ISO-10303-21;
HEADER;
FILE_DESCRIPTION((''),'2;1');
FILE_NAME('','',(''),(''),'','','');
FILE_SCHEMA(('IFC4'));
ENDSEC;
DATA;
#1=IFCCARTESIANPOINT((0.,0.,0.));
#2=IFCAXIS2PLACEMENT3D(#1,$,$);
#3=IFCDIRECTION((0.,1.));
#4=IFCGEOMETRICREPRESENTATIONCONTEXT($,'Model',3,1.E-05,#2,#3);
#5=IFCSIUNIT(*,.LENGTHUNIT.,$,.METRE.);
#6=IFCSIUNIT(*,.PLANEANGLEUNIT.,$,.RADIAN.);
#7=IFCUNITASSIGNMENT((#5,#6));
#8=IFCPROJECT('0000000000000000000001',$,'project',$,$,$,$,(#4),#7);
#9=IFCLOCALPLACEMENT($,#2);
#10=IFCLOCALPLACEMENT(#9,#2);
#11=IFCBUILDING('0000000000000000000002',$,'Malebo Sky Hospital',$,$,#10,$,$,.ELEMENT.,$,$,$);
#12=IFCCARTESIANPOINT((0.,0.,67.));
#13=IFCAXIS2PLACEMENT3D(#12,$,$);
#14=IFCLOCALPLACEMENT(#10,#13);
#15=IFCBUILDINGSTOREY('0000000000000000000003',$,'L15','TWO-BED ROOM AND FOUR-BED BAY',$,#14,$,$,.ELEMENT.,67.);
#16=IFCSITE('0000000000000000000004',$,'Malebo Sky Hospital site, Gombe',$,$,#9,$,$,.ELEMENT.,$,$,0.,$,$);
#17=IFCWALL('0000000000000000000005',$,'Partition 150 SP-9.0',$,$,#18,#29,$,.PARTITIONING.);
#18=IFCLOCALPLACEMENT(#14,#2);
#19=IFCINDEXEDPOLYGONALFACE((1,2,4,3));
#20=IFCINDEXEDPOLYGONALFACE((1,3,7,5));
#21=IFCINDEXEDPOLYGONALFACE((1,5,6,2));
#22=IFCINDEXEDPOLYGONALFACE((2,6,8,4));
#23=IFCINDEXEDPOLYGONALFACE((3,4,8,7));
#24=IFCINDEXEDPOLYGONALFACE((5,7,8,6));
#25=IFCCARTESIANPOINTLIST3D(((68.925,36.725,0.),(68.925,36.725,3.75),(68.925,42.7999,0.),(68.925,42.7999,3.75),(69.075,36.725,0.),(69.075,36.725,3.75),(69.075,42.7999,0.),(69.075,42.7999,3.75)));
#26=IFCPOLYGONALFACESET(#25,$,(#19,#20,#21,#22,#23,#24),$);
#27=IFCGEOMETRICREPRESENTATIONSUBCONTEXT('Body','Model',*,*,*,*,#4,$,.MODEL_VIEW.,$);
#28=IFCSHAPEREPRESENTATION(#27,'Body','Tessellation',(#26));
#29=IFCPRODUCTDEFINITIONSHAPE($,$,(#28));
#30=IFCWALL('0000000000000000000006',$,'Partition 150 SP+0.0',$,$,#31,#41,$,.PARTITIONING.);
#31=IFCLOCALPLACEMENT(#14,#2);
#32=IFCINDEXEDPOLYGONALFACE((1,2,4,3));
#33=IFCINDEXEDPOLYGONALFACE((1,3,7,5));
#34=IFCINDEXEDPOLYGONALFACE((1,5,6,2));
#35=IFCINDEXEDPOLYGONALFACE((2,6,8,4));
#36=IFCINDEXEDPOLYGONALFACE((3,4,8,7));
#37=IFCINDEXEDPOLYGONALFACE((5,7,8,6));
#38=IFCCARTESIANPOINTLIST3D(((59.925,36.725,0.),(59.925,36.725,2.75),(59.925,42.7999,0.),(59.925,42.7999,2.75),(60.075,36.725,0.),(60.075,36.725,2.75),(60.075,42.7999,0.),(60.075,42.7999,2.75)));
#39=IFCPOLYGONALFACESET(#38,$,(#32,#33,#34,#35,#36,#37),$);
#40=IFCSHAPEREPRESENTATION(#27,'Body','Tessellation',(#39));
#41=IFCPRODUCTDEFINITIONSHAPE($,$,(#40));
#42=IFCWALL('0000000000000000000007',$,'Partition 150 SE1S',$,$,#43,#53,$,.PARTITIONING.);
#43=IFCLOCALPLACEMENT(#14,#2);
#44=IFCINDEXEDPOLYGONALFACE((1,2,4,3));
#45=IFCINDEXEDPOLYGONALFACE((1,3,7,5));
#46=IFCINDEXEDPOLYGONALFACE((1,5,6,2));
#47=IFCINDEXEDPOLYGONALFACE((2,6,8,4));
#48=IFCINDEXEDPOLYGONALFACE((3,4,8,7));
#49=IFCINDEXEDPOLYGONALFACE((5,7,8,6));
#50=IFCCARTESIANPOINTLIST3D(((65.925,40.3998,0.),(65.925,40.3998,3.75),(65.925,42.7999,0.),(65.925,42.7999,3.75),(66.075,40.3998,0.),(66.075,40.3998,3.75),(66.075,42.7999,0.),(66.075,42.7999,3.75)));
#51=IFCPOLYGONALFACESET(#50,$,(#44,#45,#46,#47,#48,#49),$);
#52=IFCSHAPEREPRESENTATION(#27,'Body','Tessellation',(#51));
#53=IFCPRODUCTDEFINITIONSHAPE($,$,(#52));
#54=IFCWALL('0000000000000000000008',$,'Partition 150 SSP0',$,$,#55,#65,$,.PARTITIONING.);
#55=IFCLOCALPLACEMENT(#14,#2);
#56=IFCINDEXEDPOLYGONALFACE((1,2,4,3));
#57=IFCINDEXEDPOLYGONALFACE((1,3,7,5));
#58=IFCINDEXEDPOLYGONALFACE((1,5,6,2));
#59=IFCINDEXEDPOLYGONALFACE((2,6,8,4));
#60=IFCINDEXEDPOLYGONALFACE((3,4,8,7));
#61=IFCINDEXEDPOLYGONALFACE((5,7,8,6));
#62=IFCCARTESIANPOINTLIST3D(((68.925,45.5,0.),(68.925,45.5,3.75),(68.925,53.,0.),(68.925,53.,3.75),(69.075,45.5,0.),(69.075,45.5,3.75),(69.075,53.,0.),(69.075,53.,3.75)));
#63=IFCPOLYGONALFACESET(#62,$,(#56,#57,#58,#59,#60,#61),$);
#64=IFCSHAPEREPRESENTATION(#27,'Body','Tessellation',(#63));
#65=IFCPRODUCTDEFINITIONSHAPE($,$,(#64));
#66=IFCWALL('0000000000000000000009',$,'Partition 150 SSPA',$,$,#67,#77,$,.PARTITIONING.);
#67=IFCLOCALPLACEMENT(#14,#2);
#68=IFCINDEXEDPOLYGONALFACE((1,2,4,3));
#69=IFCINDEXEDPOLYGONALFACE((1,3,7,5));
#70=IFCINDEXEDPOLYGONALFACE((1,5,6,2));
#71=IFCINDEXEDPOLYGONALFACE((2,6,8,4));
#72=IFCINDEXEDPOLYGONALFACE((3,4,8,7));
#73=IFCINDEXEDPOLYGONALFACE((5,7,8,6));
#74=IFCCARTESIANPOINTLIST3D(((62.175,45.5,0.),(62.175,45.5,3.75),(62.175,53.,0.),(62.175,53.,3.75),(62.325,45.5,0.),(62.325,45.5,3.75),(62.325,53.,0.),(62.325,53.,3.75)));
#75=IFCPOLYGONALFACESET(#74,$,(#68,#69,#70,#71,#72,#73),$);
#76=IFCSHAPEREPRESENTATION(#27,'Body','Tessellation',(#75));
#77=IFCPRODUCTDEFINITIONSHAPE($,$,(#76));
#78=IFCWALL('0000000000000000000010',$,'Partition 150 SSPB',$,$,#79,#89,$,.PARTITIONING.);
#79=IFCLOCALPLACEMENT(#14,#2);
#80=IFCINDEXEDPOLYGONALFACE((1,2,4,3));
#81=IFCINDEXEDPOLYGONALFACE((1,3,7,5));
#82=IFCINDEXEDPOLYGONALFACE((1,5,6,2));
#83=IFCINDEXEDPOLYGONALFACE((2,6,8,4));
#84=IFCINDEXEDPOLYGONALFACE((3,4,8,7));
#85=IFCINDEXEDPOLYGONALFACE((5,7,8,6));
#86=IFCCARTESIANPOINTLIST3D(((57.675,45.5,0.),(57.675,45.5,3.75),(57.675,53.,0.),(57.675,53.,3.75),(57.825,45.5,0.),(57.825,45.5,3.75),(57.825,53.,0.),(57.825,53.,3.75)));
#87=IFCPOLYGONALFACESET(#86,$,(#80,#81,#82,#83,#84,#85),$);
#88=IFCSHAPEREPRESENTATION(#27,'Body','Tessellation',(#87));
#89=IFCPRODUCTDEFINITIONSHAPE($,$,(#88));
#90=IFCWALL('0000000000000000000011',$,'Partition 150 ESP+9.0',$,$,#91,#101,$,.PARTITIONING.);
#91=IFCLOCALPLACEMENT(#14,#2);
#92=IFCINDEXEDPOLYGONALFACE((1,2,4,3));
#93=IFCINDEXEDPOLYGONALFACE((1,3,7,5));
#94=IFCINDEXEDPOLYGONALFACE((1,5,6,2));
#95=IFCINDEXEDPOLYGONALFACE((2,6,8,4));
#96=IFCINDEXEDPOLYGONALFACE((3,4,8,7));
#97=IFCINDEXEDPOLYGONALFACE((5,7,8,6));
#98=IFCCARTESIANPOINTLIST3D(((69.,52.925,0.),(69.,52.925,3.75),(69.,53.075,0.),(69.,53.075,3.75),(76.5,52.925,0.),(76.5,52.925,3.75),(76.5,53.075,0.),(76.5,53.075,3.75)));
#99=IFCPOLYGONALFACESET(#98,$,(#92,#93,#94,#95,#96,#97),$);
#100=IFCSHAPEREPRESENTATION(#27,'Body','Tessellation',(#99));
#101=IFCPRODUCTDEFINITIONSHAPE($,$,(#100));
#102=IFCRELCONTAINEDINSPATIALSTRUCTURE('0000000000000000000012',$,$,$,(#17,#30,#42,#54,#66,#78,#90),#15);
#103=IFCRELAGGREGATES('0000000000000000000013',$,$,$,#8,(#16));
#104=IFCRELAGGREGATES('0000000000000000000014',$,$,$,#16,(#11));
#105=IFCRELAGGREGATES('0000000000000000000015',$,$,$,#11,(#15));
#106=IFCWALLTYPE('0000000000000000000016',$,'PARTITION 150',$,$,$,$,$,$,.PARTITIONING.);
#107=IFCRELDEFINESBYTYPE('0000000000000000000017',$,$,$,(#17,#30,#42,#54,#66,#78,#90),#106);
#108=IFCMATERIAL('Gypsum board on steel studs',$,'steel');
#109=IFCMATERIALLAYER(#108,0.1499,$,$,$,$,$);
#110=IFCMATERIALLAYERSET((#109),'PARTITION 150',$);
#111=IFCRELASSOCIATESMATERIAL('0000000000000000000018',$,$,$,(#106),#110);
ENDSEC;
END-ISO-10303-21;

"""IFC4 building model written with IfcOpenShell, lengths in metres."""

from ifc_helpers import new_model, si_unit, direction, frame, frame_2d, origin, place, context, subcontext, project, spatial, rectangle, extrude, material, layer, layer_set, type_object, element, save


model = new_model("IFC4")

# Units and contexts
model_context = context("Model", 3, precision=1e-05, world=origin(), true_north=direction((0.0, 1.0)))
body_context = subcontext(model_context, "Body", "Model", "MODEL_VIEW")
ifc_project = project(units=[si_unit("LENGTHUNIT", "METRE"), si_unit("PLANEANGLEUNIT", "RADIAN")], contexts=[model_context])

# Site, building, storey
site_placement = place(None, origin())
site = spatial("IfcSite", under=ifc_project, at=site_placement, Name="Malebo Sky Hospital site, Gombe", CompositionType="ELEMENT", RefElevation=0.0)
building_placement = place(site_placement, origin())
building = spatial("IfcBuilding", under=site, at=building_placement, Name="Malebo Sky Hospital", CompositionType="ELEMENT")
storey_placement = place(building_placement, frame((0.0, 0.0, 67.0)))
storey = spatial("IfcBuildingStorey", under=building, at=storey_placement, Name="L15", Description="TWO-BED ROOM AND FOUR-BED BAY", CompositionType="ELEMENT", Elevation=67.0)

# Shared definitions
ifc_material_1 = material(Name="Gypsum board on steel studs", Category="steel")

# Walls
ifc_layer_1 = layer(ifc_material_1, 0.1499)
ifc_layer_set_1 = layer_set([ifc_layer_1], Name="PARTITION 150")
wall_type_1 = type_object("IfcWallType", Name="PARTITION 150", PredefinedType="PARTITIONING", material=ifc_layer_set_1)
wall_1_placement = place(storey_placement, frame((69.0, 42.8, 0.0), z_axis=(0.0, 0.0, 1.0), x_axis=(0.0, -1.0, 0.0)))
element("IfcWall", 1, at=wall_1_placement, inside=storey, type_object=wall_type_1, Name="Partition 150 SP-9.0", PredefinedType="PARTITIONING", context=body_context, shape_type="SweptSolid", body=[
    extrude(rectangle(XDim=6.075, YDim=0.1499, at=frame_2d((3.0376, 0.0))), origin(), (0.0, 0.0, 1.0), 3.75),
])
wall_2_placement = place(storey_placement, frame((60.0, 42.8, 0.0), z_axis=(0.0, 0.0, 1.0), x_axis=(0.0, -1.0, 0.0)))
element("IfcWall", 2, at=wall_2_placement, inside=storey, type_object=wall_type_1, Name="Partition 150 SP+0.0", PredefinedType="PARTITIONING", context=body_context, shape_type="SweptSolid", body=[
    extrude(rectangle(XDim=6.075, YDim=0.1499, at=frame_2d((3.0376, 0.0))), origin(), (0.0, 0.0, 1.0), 2.75),
])
wall_3_placement = place(storey_placement, frame((66.0, 42.8, 0.0), z_axis=(0.0, 0.0, 1.0), x_axis=(0.0, -1.0, 0.0)))
element("IfcWall", 3, at=wall_3_placement, inside=storey, type_object=wall_type_1, Name="Partition 150 SE1S", PredefinedType="PARTITIONING", context=body_context, shape_type="SweptSolid", body=[
    extrude(rectangle(XDim=2.4001, YDim=0.1499, at=frame_2d((1.2002, 0.0))), origin(), (0.0, 0.0, 1.0), 3.75),
])
for number, where, z_axis, x_axis, name in (
    (4, (69.0, 53.0, 0.0), (0.0, 0.0, 1.0), (0.0, -1.0, 0.0), "Partition 150 SSP0"),
    (5, (62.25, 53.0, 0.0), (0.0, 0.0, 1.0), (0.0, -1.0, 0.0), "Partition 150 SSPA"),
    (6, (57.75, 53.0, 0.0), (0.0, 0.0, 1.0), (0.0, -1.0, 0.0), "Partition 150 SSPB"),
    (7, (69.0, 53.0, 0.0), (0.0, 0.0, 1.0), (1.0, 0.0, 0.0), "Partition 150 ESP+9.0"),
):
    element("IfcWall", number, at=place(storey_placement, frame(where, z_axis=z_axis, x_axis=x_axis)), inside=storey, type_object=wall_type_1, Name=name, PredefinedType="PARTITIONING", context=body_context, shape_type="SweptSolid", body=[
        extrude(rectangle(XDim=7.5, YDim=0.1499, at=frame_2d((3.75, 0.0))), origin(), (0.0, 0.0, 1.0), 3.75),
    ])

save(model, "model.ifc")
